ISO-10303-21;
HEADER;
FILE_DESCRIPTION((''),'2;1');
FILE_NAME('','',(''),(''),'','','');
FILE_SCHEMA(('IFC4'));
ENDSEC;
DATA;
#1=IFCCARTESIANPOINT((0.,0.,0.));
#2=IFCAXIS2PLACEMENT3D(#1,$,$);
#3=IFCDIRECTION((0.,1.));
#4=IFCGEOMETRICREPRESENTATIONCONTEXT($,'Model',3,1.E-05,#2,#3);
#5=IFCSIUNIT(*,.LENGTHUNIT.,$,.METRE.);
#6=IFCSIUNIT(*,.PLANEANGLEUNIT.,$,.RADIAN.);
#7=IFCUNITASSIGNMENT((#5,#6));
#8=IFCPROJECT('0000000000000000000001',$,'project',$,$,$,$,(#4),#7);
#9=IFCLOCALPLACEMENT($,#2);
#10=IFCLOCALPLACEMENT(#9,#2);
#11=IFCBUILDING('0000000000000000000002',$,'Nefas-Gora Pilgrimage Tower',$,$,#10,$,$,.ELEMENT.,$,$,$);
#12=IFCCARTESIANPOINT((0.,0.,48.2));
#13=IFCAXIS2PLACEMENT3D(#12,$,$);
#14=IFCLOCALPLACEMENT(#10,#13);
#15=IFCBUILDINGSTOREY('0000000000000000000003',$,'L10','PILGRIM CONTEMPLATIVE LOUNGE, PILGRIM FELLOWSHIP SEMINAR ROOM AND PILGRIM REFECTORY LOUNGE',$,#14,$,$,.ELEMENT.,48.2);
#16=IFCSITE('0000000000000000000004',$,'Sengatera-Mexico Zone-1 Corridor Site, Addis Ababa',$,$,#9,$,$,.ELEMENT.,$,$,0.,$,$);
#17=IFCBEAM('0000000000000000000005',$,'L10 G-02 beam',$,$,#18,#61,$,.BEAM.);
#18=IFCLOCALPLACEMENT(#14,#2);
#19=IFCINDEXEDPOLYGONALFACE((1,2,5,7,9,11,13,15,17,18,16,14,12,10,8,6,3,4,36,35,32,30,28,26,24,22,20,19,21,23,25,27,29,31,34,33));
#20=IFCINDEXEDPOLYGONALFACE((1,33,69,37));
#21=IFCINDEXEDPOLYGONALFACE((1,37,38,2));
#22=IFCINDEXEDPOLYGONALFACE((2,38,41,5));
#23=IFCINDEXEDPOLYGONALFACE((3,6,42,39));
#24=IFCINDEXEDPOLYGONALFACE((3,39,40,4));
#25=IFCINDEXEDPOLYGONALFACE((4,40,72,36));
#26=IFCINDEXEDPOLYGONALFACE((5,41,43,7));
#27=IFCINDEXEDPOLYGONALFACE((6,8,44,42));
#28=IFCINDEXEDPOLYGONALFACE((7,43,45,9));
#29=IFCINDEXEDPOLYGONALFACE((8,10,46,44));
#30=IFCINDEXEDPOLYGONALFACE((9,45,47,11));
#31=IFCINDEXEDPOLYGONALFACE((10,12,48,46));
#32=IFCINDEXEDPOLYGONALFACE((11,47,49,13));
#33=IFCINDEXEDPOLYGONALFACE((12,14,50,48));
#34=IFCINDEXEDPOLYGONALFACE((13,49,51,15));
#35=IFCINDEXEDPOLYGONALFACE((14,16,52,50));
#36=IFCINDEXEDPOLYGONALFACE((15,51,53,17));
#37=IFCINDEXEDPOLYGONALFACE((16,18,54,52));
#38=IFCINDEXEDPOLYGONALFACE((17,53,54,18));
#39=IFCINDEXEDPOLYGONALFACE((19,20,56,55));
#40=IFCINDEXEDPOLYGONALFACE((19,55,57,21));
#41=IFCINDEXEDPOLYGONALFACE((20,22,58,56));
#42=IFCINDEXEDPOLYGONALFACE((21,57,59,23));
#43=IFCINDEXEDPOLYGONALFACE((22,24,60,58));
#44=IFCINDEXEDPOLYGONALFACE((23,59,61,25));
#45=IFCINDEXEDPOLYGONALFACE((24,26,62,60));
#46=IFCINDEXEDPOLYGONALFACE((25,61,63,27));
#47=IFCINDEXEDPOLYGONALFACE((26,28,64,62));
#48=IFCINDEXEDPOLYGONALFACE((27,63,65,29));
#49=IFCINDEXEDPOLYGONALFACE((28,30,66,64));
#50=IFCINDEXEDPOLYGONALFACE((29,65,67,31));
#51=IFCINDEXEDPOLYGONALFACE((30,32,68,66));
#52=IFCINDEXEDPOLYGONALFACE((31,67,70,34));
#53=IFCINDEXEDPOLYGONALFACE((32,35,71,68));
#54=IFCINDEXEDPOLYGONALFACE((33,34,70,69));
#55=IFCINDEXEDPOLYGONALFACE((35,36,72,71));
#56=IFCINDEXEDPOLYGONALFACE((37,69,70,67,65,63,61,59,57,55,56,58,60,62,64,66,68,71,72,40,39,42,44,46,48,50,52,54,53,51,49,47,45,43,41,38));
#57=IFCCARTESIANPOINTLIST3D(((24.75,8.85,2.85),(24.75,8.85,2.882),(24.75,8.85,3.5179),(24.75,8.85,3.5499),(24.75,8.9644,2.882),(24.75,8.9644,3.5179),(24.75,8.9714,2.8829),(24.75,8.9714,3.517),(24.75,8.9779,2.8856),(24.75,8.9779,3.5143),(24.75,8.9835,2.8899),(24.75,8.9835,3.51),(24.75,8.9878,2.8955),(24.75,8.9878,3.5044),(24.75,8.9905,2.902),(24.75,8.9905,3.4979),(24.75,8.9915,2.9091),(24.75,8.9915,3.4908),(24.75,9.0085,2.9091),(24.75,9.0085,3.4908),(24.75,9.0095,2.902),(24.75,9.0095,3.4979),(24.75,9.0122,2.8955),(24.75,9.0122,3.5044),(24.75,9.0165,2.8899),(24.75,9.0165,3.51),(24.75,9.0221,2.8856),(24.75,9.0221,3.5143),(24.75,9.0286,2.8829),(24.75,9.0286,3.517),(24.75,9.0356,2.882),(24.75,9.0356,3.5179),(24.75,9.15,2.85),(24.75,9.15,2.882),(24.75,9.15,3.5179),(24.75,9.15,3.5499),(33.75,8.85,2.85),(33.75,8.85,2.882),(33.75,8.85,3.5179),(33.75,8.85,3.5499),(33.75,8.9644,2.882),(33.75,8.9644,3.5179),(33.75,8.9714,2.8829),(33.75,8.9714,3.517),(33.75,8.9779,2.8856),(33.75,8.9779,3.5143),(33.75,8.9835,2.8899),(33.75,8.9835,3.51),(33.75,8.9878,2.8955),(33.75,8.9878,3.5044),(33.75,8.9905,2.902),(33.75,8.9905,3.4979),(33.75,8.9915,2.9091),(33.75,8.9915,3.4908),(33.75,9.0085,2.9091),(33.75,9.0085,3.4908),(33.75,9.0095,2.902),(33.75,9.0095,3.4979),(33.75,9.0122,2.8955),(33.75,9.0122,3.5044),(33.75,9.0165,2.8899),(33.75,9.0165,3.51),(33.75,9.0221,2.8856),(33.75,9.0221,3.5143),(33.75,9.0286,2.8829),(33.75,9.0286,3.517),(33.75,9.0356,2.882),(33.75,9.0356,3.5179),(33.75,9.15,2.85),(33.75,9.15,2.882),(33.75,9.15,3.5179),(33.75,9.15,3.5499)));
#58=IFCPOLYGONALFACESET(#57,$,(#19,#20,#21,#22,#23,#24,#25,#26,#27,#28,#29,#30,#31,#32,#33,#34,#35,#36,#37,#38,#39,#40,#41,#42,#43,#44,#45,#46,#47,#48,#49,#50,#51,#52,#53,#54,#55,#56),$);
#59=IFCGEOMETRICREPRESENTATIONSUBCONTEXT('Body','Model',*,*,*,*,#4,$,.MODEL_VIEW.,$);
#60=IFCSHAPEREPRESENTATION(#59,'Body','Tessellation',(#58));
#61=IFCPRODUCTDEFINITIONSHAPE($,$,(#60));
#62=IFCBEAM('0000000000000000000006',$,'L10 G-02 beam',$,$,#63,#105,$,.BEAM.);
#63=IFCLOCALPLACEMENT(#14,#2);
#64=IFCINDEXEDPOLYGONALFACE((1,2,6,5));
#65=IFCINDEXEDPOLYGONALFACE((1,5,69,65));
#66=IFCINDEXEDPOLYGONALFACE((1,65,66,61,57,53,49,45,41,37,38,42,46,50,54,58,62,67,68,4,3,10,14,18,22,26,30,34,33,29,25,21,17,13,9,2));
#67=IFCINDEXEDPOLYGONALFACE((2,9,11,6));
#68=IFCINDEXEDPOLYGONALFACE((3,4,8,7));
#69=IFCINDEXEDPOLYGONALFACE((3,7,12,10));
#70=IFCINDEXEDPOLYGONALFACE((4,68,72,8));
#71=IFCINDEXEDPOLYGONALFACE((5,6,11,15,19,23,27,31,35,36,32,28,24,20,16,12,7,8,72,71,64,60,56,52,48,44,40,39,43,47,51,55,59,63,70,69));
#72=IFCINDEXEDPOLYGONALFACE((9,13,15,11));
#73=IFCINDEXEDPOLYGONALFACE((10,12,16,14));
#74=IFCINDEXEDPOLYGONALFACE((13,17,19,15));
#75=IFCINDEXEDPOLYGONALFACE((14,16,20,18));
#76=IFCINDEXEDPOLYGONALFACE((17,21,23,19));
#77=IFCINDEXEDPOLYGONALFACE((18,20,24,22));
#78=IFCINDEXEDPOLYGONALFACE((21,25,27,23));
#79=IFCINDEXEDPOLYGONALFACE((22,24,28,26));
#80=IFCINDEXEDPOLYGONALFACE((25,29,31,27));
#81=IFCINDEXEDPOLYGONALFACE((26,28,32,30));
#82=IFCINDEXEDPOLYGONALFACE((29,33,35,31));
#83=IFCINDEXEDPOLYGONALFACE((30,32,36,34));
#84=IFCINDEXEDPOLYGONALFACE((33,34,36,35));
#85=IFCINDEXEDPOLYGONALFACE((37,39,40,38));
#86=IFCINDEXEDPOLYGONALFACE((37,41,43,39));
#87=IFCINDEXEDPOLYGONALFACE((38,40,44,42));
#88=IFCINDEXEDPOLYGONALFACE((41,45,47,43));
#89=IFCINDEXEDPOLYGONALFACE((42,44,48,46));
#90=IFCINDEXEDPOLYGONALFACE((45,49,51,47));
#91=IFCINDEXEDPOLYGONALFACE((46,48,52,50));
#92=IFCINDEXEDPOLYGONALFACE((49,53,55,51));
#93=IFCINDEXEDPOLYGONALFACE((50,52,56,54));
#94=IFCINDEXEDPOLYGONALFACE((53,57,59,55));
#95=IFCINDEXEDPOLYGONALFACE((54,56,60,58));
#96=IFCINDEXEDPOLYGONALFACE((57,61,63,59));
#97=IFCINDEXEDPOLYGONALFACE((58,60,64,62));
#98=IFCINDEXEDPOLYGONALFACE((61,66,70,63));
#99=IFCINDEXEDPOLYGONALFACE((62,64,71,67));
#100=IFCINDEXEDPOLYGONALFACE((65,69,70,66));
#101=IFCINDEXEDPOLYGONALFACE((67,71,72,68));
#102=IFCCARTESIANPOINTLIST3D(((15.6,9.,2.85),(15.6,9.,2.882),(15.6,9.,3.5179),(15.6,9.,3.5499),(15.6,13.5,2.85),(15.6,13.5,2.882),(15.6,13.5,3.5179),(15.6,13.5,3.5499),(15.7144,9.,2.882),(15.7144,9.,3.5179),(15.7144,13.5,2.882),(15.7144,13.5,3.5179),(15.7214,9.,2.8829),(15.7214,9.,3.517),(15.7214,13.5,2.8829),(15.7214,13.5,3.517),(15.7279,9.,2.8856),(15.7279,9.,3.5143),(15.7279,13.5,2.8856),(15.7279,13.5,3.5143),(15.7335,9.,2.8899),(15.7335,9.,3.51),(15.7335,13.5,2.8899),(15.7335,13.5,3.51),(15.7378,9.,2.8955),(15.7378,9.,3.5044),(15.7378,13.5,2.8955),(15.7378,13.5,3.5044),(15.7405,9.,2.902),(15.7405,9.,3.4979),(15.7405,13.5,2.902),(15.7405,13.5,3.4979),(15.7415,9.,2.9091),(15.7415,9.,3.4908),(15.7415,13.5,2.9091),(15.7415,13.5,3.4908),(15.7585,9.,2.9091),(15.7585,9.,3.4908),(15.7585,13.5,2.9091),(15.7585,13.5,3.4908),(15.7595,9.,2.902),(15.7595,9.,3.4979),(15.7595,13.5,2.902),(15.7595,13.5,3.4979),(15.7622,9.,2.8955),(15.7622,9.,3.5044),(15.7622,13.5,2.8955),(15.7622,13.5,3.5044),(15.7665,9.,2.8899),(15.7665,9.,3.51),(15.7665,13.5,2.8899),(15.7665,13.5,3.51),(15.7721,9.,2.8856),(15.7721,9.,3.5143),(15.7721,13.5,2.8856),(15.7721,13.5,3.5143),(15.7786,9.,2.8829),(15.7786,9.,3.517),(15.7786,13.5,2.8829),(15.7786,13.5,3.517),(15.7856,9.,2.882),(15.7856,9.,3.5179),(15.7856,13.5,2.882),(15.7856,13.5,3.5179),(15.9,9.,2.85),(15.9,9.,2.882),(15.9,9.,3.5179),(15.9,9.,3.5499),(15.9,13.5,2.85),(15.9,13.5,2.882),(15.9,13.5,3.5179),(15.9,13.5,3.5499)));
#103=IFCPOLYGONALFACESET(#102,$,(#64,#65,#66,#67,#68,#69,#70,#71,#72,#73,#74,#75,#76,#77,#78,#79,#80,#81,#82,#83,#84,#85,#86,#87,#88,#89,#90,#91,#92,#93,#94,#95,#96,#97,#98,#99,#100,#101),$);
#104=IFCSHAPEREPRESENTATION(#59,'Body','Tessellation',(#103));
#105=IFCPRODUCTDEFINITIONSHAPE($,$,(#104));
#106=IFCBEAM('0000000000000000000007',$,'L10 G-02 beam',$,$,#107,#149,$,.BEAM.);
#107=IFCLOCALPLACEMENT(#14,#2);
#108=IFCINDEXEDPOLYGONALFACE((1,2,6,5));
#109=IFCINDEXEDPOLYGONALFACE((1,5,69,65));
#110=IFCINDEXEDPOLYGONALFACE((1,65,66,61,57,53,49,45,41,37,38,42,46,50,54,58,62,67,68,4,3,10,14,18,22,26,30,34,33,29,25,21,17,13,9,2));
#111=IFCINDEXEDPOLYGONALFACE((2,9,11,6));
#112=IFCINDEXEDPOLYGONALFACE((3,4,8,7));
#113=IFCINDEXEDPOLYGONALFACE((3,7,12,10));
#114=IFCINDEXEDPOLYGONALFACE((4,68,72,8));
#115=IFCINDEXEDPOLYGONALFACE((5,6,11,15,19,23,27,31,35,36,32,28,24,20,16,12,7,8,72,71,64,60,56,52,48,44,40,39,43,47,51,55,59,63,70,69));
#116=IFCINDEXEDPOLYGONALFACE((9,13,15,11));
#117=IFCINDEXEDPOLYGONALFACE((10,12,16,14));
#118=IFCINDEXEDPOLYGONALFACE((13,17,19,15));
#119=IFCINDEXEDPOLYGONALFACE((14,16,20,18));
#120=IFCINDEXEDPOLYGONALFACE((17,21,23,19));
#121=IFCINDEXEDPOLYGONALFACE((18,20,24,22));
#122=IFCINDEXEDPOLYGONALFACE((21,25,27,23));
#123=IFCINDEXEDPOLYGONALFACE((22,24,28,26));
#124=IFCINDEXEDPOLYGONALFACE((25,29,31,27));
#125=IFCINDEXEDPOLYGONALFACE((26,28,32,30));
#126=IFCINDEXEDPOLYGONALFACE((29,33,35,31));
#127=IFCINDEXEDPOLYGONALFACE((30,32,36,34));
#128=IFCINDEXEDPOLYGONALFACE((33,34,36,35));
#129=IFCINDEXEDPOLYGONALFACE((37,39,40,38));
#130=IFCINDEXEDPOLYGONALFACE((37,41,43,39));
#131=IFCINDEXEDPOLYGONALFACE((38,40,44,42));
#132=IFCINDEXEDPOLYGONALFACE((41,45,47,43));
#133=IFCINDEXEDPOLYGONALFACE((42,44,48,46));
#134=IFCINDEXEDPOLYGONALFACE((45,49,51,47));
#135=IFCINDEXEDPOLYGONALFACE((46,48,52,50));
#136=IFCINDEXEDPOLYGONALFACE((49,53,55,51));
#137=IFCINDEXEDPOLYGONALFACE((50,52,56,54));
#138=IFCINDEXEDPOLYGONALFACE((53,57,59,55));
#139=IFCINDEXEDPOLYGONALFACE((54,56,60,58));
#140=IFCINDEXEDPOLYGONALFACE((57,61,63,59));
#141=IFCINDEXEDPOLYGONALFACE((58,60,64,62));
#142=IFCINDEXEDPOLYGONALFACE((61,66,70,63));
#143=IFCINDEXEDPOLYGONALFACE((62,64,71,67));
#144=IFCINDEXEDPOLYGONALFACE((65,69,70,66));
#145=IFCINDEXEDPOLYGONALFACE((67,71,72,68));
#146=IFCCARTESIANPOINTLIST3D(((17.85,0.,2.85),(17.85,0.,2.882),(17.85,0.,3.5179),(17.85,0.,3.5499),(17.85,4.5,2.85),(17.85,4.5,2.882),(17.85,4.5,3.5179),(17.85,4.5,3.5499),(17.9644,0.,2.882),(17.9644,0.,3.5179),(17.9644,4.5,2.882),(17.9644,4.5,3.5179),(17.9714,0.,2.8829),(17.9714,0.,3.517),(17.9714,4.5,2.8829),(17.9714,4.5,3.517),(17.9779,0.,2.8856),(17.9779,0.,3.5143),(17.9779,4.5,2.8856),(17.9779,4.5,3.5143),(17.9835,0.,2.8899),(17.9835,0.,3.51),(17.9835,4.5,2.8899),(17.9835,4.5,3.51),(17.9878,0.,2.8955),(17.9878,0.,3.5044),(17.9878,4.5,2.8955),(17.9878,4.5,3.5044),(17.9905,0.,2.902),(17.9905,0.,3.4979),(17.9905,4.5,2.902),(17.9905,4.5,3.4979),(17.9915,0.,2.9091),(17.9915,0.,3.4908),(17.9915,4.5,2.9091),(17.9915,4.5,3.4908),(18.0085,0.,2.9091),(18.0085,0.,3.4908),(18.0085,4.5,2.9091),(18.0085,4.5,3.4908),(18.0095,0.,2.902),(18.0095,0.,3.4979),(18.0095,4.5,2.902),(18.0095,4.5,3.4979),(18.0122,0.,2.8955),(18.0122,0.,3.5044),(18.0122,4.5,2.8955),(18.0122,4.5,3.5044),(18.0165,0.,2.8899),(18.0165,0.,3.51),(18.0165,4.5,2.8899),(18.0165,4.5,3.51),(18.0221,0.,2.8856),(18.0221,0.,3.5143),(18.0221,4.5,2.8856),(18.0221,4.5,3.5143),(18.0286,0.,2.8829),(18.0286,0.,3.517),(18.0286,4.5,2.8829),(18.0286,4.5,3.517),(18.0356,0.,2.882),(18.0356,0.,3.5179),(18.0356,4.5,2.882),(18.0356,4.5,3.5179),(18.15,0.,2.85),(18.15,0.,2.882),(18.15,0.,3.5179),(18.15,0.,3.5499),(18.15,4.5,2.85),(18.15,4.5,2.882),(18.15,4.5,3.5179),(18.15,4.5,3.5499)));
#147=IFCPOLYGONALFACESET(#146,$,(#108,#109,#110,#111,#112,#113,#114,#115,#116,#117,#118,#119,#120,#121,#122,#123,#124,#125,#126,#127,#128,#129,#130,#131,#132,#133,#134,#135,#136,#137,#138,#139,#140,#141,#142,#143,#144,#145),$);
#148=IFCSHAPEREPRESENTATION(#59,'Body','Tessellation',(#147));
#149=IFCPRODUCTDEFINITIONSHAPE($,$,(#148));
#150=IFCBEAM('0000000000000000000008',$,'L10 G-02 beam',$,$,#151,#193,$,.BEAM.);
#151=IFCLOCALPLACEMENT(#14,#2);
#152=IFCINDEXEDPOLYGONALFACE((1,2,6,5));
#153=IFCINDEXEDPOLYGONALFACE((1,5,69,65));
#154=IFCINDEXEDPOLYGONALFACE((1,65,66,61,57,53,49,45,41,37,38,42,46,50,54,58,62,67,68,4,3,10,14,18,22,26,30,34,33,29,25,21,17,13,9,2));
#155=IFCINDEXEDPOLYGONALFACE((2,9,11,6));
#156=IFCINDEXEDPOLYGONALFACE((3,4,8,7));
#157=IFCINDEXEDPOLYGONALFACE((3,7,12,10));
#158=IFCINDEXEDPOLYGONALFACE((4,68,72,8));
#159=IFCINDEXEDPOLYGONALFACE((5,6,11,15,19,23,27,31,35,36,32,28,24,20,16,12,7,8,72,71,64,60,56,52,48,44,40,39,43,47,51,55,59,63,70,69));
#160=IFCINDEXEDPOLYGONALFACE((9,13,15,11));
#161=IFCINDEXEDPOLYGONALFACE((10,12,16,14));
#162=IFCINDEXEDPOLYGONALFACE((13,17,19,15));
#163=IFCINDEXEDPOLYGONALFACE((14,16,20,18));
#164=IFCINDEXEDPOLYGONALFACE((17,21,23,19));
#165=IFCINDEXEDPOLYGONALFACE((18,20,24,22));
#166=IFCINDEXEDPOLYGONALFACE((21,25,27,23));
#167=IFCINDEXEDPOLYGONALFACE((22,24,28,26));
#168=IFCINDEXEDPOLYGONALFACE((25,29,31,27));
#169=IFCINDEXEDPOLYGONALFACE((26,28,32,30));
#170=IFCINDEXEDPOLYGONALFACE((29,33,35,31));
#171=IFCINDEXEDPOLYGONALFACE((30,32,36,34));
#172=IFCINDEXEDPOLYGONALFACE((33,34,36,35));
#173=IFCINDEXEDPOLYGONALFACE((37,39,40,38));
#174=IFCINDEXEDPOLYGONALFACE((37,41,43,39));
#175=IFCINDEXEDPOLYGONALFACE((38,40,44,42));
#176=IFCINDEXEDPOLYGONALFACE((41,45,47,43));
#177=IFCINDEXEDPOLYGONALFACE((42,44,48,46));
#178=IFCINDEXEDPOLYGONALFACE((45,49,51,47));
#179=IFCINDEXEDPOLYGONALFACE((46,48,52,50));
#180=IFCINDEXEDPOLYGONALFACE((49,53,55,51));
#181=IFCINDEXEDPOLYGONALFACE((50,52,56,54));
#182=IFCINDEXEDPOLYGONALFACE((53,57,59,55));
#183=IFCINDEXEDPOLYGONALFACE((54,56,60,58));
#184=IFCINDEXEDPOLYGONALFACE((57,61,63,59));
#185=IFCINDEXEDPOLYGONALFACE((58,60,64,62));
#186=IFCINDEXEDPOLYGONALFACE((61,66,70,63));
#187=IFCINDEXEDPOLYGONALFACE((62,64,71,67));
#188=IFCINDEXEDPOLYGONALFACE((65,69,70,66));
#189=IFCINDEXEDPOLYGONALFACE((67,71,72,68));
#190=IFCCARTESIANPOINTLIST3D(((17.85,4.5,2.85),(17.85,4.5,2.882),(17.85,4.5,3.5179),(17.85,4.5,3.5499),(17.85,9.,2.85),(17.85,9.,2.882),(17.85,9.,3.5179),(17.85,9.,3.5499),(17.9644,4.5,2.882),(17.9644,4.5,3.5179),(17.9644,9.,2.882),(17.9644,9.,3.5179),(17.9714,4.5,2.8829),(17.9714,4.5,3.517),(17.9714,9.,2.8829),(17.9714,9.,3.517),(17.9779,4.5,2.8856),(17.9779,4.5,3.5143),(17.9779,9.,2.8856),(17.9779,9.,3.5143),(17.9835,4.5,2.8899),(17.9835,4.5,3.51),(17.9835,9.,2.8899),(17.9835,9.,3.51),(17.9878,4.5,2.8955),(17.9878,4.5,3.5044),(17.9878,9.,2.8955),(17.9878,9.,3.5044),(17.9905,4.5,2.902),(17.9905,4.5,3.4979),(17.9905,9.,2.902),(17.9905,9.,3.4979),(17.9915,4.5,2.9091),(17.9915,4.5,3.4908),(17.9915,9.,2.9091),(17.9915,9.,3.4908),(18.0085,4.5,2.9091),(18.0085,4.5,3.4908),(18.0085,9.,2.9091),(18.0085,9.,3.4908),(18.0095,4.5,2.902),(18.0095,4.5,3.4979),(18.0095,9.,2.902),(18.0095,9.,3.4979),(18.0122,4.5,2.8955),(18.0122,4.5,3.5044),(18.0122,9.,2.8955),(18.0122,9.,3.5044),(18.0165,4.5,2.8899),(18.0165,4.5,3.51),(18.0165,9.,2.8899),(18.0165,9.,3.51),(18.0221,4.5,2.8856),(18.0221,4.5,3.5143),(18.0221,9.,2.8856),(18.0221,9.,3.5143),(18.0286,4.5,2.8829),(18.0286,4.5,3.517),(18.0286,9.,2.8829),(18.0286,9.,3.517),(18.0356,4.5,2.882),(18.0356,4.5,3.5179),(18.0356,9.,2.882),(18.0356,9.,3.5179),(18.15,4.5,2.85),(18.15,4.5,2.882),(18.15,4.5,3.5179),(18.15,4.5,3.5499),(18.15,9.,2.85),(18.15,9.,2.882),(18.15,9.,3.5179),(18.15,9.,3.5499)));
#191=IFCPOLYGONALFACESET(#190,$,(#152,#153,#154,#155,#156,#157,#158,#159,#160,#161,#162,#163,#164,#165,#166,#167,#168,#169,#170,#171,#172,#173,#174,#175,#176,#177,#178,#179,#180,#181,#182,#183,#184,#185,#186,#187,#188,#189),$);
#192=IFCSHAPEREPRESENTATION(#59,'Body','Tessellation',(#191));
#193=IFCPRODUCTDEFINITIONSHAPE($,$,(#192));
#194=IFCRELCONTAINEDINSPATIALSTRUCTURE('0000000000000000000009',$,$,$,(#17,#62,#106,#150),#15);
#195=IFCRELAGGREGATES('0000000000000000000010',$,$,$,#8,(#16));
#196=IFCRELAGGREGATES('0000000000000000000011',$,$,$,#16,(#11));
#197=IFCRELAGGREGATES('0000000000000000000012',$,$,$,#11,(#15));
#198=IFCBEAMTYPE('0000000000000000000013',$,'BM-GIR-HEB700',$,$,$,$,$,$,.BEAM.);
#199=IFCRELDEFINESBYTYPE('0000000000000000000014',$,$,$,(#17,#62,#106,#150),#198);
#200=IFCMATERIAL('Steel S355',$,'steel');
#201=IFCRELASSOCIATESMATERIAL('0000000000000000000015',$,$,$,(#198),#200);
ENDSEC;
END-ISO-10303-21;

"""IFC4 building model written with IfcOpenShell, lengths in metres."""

from ifc_helpers import new_model, si_unit, direction, frame, origin, origin_2d, place, context, subcontext, project, spatial, i_section, extrude, source, transform, mapped, material, material_profile, profile_set, type_object, element, save


model = new_model("IFC4")

# Units and contexts
model_context = context("Model", 3, precision=1e-05, world=origin(), true_north=direction((0.0, 1.0)))
body_context = subcontext(model_context, "Body", "Model", "MODEL_VIEW")
ifc_project = project(units=[si_unit("LENGTHUNIT", "METRE"), si_unit("PLANEANGLEUNIT", "RADIAN")], contexts=[model_context])

# Site, building, storey
site_placement = place(None, origin())
site = spatial("IfcSite", under=ifc_project, at=site_placement, Name="Sengatera-Mexico Zone-1 Corridor Site, Addis Ababa", CompositionType="ELEMENT", RefElevation=0.0)
building_placement = place(site_placement, origin())
building = spatial("IfcBuilding", under=site, at=building_placement, Name="Nefas-Gora Pilgrimage Tower", CompositionType="ELEMENT")
storey_placement = place(building_placement, frame((0.0, 0.0, 48.2)))
storey = spatial("IfcBuildingStorey", under=building, at=storey_placement, Name="L10", Description="PILGRIM CONTEMPLATIVE LOUNGE, PILGRIM FELLOWSHIP SEMINAR ROOM AND PILGRIM REFECTORY LOUNGE", CompositionType="ELEMENT", Elevation=48.2)

# Beams
ifc_material_1 = material(Name="Steel S355", Category="steel")
ifc_material_profile_1 = material_profile(ifc_material_1, i_section(OverallWidth=0.3, OverallDepth=0.7, WebThickness=0.0171, FlangeThickness=0.032, FilletRadius=0.0271, at=origin_2d()), Name="HEB 700")
ifc_profile_set_1 = profile_set([ifc_material_profile_1], Name="Steel S355")
beam_type_1 = type_object("IfcBeamType", Name="BM-GIR-HEB700", PredefinedType="BEAM", material=ifc_profile_set_1)
shared_shape_1 = source(origin(), body_context, "Body", "SweptSolid", [
    extrude(i_section(OverallWidth=0.3, OverallDepth=0.7, WebThickness=0.0171, FlangeThickness=0.032, FilletRadius=0.0271, at=origin_2d()), origin(), (0.0, 0.0, 1.0), 9.0),
])
for number, where, z_axis, x_axis, name in (
    (1, (24.75, 9.0, 3.2), (1.0, 0.0, 0.0), (0.0, 1.0, 0.0), "L10 G-02 beam"),
):
    element("IfcBeam", number, at=place(storey_placement, frame(where, z_axis=z_axis, x_axis=x_axis)), inside=storey, type_object=beam_type_1, Name=name, PredefinedType="BEAM", context=body_context, shape_type="MappedRepresentation", body=[
        mapped(shared_shape_1, transform((0.0, 0.0, 0.0), x_axis=(1.0, 0.0, 0.0), y_axis=(0.0, 1.0, 0.0), z_axis=(0.0, 0.0, 1.0), scale=1.0)),
    ])
shared_shape_2 = source(origin(), body_context, "Body", "SweptSolid", [
    extrude(i_section(OverallWidth=0.3, OverallDepth=0.7, WebThickness=0.0171, FlangeThickness=0.032, FilletRadius=0.0271, at=origin_2d()), origin(), (0.0, 0.0, 1.0), 4.5),
])
for number, where, z_axis, x_axis, name in (
    (2, (15.75, 9.0, 3.2), (0.0, 1.0, 0.0), (-1.0, 0.0, 0.0), "L10 G-02 beam"),
    (3, (18.0, 0.0, 3.2), (0.0, 1.0, 0.0), (-1.0, 0.0, 0.0), "L10 G-02 beam"),
    (4, (18.0, 4.5, 3.2), (0.0, 1.0, 0.0), (-1.0, 0.0, 0.0), "L10 G-02 beam"),
):
    element("IfcBeam", number, at=place(storey_placement, frame(where, z_axis=z_axis, x_axis=x_axis)), inside=storey, type_object=beam_type_1, Name=name, PredefinedType="BEAM", context=body_context, shape_type="MappedRepresentation", body=[
        mapped(shared_shape_2, transform((0.0, 0.0, 0.0), x_axis=(1.0, 0.0, 0.0), y_axis=(0.0, 1.0, 0.0), z_axis=(0.0, 0.0, 1.0), scale=1.0)),
    ])

save(model, "model.ifc")
